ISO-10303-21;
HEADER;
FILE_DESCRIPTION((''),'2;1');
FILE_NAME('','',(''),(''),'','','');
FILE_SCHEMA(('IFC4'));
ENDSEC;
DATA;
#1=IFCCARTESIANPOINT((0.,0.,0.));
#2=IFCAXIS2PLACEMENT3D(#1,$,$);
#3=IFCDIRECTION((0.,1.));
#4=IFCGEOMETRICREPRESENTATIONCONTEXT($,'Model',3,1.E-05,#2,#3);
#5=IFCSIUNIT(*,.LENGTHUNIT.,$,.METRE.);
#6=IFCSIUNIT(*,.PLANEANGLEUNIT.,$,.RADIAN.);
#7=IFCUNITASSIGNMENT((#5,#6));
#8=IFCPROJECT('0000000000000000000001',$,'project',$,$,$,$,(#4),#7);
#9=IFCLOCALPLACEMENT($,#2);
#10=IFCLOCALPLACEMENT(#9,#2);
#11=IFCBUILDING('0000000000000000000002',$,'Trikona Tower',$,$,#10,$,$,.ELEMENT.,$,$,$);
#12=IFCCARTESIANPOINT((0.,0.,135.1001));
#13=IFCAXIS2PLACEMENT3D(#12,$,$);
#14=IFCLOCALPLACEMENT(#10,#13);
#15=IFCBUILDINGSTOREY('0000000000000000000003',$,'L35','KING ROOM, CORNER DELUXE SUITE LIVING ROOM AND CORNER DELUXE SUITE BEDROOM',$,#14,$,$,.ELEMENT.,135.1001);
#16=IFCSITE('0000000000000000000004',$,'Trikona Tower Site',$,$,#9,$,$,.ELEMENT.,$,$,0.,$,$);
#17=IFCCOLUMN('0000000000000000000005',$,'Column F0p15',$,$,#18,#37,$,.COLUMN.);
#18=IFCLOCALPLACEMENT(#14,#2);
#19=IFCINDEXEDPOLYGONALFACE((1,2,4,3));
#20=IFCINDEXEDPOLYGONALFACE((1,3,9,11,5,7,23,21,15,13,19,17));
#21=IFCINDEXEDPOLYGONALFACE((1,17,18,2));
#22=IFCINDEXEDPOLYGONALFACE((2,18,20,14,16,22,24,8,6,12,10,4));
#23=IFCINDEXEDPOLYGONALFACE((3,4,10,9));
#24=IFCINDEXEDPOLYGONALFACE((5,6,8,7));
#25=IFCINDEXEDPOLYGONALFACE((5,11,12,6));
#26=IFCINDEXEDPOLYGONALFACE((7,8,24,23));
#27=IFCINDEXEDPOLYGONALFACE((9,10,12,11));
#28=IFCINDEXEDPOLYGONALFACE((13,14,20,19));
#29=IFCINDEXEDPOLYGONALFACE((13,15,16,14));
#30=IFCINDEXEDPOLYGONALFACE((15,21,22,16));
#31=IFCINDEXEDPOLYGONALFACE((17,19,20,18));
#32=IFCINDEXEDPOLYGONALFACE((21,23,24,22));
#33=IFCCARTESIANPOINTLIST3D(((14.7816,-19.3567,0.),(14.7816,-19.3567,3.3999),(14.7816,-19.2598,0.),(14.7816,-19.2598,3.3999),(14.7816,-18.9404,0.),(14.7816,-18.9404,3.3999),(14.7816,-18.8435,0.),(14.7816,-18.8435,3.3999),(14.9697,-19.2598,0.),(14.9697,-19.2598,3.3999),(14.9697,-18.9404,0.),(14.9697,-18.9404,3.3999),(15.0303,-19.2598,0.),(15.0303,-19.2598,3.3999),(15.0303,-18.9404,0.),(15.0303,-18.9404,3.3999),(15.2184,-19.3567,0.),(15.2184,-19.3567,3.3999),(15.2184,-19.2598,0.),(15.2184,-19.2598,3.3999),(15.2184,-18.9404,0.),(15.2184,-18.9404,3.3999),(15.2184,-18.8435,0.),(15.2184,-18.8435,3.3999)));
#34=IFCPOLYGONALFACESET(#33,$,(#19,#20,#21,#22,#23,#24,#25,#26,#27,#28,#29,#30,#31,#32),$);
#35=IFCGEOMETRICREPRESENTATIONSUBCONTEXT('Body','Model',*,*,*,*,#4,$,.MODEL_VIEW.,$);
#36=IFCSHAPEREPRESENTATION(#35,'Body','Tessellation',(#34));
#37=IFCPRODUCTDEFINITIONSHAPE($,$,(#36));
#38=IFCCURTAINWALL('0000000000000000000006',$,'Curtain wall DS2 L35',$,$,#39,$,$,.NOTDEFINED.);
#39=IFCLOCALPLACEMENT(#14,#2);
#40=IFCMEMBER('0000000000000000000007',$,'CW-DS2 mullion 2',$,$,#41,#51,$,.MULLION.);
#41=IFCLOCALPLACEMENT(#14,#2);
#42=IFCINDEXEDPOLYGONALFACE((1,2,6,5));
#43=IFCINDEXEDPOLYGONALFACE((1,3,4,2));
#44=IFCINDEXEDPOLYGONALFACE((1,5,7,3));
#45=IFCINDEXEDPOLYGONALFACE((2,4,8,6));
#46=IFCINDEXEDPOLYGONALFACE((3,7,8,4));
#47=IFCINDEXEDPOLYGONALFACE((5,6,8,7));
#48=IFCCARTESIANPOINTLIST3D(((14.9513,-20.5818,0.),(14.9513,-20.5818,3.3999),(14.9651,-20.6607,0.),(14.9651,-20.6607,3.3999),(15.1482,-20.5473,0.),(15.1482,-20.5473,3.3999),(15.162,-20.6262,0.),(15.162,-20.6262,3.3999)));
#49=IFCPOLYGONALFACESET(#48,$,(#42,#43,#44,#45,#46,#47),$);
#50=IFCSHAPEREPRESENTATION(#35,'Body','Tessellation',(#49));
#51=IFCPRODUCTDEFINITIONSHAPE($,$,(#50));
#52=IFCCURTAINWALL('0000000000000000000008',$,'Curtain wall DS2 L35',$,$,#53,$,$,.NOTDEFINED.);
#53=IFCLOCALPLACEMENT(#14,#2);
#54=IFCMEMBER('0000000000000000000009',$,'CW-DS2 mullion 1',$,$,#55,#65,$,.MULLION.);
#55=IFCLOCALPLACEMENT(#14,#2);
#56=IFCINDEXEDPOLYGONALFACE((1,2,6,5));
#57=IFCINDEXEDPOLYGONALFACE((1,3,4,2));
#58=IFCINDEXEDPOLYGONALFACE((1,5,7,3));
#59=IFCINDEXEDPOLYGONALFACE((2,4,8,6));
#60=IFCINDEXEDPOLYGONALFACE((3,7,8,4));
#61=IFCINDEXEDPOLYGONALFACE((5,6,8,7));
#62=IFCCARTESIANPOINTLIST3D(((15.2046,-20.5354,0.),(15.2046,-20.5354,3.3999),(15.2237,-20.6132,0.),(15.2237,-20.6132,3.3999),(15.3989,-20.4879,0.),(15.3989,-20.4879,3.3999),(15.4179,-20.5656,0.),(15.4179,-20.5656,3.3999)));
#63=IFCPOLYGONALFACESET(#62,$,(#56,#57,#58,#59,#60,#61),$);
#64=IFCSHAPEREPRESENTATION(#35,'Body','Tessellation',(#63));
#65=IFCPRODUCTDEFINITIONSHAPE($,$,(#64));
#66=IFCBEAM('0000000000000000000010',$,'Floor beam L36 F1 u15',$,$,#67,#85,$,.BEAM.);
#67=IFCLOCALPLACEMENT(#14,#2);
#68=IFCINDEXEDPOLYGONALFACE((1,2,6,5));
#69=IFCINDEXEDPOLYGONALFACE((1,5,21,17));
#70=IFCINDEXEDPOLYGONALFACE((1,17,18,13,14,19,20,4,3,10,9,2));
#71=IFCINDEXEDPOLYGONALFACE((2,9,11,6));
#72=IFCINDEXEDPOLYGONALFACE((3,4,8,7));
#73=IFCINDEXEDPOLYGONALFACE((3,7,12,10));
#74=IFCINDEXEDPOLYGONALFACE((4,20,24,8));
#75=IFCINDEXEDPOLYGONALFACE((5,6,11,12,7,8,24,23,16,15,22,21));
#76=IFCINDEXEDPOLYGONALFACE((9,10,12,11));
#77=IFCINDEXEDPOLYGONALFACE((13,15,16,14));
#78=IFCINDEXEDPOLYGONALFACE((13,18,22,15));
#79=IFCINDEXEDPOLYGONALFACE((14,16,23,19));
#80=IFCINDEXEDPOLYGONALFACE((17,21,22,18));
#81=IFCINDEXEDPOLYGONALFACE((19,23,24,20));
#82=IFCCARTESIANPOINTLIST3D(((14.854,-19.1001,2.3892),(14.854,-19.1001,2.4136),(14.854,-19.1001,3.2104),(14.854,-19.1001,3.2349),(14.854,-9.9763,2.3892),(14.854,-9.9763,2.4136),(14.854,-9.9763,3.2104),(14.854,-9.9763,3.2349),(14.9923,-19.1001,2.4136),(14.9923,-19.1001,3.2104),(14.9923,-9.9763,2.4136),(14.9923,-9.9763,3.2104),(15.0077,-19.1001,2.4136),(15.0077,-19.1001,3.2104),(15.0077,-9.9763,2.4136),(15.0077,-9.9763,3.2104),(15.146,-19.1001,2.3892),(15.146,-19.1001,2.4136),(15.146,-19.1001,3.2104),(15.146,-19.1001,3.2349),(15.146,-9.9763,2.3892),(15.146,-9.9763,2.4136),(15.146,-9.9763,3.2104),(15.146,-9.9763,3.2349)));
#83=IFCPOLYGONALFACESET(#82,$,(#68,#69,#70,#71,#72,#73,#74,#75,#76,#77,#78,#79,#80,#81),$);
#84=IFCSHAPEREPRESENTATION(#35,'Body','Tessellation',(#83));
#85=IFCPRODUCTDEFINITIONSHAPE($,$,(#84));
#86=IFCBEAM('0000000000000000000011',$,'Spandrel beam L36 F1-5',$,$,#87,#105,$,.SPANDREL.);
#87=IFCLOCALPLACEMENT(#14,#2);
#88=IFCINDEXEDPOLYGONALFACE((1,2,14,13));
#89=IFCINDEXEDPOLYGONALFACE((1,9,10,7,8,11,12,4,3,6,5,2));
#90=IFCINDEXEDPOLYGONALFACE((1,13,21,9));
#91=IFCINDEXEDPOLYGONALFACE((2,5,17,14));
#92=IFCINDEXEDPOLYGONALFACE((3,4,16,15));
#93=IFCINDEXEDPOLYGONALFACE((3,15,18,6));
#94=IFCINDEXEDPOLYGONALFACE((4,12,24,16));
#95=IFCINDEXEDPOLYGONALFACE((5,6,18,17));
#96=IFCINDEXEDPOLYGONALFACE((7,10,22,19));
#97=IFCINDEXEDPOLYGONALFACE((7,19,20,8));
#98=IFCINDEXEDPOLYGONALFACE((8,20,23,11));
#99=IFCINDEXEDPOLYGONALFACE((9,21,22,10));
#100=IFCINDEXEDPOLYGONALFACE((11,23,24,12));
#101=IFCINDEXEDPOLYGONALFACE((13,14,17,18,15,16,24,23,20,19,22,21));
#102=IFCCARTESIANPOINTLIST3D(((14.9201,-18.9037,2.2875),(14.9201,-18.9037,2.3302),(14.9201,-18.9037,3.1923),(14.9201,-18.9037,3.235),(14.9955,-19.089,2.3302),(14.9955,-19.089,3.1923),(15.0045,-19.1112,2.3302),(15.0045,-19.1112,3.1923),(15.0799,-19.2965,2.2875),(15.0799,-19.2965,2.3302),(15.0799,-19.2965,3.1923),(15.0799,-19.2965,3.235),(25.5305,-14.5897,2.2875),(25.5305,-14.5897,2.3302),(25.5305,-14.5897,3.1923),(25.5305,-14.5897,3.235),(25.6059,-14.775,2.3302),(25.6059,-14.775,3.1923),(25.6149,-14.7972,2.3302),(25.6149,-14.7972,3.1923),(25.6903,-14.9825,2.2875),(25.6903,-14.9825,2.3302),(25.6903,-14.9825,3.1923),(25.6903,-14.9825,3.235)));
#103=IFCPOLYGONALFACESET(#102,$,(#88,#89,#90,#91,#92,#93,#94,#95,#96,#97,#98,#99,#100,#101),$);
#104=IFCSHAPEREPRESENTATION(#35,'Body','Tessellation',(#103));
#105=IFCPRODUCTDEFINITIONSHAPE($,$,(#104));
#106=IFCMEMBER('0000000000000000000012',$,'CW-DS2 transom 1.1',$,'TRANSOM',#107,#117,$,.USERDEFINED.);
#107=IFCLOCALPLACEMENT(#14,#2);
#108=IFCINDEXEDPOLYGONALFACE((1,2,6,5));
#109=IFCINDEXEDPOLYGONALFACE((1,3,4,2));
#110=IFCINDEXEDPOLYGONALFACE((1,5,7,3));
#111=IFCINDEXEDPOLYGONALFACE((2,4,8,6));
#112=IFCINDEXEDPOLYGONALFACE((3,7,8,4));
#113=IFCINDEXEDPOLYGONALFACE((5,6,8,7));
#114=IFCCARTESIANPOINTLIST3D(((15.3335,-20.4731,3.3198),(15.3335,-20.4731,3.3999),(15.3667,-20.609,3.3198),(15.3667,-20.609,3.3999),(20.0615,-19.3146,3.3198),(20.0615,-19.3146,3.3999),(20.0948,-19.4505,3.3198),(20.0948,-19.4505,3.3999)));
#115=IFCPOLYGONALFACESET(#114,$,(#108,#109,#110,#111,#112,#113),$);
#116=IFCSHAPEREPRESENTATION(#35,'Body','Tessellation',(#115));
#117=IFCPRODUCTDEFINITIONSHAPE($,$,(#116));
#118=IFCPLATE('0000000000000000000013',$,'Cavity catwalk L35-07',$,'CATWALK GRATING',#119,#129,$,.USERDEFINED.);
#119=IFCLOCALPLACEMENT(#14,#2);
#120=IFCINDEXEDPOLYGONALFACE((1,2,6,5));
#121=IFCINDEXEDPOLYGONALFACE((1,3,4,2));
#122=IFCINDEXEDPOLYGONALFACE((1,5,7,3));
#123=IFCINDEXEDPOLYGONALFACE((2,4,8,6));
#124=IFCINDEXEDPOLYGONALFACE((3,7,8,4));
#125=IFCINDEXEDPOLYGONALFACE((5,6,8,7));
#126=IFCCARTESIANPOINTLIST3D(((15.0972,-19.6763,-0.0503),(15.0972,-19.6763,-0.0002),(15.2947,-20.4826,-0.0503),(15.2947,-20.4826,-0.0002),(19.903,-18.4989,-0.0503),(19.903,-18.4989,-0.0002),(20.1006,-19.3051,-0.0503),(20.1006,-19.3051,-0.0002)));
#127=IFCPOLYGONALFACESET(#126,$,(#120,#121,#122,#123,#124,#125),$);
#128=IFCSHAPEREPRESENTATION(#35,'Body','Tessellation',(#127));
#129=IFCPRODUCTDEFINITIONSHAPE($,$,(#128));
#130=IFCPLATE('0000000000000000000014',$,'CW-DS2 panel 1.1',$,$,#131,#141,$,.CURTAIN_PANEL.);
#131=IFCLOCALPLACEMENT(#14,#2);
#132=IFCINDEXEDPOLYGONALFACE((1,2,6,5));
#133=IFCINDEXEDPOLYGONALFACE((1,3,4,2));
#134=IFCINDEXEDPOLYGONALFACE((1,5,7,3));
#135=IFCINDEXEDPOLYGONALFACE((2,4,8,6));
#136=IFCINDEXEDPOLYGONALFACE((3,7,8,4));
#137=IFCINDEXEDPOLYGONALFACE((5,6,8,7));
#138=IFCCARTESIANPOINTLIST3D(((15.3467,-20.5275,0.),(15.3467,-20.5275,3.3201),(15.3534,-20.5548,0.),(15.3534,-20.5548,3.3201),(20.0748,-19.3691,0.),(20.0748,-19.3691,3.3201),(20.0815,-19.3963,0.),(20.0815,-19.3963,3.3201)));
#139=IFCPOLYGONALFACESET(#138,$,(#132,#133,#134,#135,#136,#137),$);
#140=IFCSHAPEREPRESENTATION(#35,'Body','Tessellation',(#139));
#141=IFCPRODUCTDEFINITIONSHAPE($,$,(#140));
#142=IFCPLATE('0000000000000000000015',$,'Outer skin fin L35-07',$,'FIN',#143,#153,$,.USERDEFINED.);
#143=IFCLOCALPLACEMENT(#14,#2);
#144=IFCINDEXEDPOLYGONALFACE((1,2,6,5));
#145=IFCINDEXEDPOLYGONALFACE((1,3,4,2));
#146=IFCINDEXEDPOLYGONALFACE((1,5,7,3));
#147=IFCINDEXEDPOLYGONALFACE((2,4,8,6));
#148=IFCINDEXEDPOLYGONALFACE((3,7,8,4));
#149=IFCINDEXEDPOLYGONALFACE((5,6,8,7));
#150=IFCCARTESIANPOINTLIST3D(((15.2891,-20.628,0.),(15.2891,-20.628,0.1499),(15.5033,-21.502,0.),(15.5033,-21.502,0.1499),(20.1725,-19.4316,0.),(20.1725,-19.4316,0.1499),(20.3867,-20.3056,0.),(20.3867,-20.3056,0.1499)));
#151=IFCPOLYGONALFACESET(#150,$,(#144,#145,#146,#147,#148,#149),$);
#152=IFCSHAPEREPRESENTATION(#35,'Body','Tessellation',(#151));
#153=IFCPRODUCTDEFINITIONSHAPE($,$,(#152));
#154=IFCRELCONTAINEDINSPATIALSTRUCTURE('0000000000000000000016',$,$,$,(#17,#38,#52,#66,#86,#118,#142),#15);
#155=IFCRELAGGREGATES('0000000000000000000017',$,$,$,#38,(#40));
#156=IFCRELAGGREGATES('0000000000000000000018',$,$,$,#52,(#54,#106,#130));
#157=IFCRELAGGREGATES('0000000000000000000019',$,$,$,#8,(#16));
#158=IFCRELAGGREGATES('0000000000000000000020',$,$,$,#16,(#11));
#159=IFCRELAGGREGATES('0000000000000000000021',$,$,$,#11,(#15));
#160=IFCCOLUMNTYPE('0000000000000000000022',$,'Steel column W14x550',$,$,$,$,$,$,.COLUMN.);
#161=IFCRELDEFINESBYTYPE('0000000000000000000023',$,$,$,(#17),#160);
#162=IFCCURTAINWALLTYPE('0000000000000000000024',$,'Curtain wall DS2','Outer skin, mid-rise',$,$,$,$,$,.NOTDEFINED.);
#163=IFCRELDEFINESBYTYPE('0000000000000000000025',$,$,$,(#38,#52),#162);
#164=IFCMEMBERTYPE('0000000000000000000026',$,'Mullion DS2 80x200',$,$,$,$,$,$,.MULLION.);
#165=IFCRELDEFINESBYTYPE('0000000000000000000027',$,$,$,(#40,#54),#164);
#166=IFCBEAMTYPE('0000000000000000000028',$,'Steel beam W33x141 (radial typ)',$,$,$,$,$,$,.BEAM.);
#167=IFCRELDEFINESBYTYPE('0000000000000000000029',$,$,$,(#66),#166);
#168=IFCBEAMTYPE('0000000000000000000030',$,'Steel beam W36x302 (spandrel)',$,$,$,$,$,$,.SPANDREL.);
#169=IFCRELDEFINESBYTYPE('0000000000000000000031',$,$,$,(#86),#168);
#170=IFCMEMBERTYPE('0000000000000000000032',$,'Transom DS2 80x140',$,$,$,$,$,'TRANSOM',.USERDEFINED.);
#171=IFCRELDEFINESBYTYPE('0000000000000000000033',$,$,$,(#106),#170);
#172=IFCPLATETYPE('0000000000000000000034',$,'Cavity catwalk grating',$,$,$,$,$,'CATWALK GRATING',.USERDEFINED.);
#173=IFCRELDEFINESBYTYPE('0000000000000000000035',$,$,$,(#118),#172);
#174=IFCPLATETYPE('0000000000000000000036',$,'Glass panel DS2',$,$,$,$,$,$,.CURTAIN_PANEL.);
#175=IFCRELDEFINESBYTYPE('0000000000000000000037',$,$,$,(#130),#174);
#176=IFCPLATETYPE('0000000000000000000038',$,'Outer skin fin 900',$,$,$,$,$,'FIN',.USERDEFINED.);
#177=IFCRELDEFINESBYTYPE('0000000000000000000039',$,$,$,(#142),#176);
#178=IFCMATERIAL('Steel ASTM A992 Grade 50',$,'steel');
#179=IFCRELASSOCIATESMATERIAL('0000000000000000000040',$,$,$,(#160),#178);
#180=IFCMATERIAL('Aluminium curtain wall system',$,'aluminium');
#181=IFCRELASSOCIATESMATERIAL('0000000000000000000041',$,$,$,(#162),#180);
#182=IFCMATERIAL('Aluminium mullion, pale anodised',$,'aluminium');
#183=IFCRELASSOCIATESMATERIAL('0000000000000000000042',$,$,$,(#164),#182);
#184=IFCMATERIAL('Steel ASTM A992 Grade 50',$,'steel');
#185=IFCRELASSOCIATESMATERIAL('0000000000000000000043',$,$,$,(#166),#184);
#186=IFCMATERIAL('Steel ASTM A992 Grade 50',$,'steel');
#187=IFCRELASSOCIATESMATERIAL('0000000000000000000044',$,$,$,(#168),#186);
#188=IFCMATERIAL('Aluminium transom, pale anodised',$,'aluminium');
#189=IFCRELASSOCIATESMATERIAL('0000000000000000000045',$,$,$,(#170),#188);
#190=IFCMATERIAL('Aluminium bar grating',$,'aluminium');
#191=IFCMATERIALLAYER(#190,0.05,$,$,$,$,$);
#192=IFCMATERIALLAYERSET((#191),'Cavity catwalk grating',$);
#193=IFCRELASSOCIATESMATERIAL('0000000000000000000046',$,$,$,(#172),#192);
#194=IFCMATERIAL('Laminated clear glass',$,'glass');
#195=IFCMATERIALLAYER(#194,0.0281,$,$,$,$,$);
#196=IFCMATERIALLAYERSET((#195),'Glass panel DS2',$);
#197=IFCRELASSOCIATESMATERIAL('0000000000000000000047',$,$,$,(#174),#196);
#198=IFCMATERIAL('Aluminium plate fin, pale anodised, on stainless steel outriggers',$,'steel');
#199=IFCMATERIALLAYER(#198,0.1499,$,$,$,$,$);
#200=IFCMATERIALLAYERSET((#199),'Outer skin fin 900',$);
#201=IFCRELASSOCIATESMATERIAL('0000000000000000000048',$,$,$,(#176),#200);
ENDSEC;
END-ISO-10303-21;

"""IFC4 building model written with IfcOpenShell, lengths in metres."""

from ifc_helpers import new_model, si_unit, direction, frame, origin, origin_2d, place, context, subcontext, project, spatial, rectangle, i_section, extrude, material, layer, layer_set, material_profile, profile_set, type_object, element, aggregate, save


model = new_model("IFC4")

# Units and contexts
model_context = context("Model", 3, precision=1e-05, world=origin(), true_north=direction((0.0, 1.0)))
body_context = subcontext(model_context, "Body", "Model", "MODEL_VIEW")
ifc_project = project(units=[si_unit("LENGTHUNIT", "METRE"), si_unit("PLANEANGLEUNIT", "RADIAN")], contexts=[model_context])

# Site, building, storey
site_placement = place(None, origin())
site = spatial("IfcSite", under=ifc_project, at=site_placement, Name="Trikona Tower Site", CompositionType="ELEMENT", RefElevation=0.0)
building_placement = place(site_placement, origin())
building = spatial("IfcBuilding", under=site, at=building_placement, Name="Trikona Tower", CompositionType="ELEMENT")
storey_placement = place(building_placement, frame((0.0, 0.0, 135.1001)))
storey = spatial("IfcBuildingStorey", under=building, at=storey_placement, Name="L35", Description="KING ROOM, CORNER DELUXE SUITE LIVING ROOM AND CORNER DELUXE SUITE BEDROOM", CompositionType="ELEMENT", Elevation=135.1001)

# Column
ifc_material_1 = material(Name="Steel ASTM A992 Grade 50", Category="steel")
ifc_material_profile_1 = material_profile(ifc_material_1, i_section(OverallWidth=0.4368, OverallDepth=0.5132, WebThickness=0.0605, FlangeThickness=0.0969, at=origin_2d()), Name="W14X550")
ifc_profile_set_1 = profile_set([ifc_material_profile_1], Name="Steel ASTM A992 Grade 50")
column_type = type_object("IfcColumnType", Name="Steel column W14x550", PredefinedType="COLUMN", material=ifc_profile_set_1)
column_placement = place(storey_placement, frame((15.0, -19.1001, 0.0), z_axis=(0.0, 0.0, 1.0), x_axis=(1.0, 0.0, 0.0)))
element("IfcColumn", 1, at=column_placement, inside=storey, type_object=column_type, Name="Column F0p15", PredefinedType="COLUMN", context=body_context, shape_type="SweptSolid", body=[
    extrude(i_section(OverallWidth=0.4368, OverallDepth=0.5132, WebThickness=0.0605, FlangeThickness=0.0969, at=origin_2d()), origin(), (0.0, 0.0, 1.0), 3.3999),
])

# Curtain walls, members
ifc_material_2 = material(Name="Aluminium curtain wall system", Category="aluminium")
curtain_wall_type = type_object("IfcCurtainWallType", Name="Curtain wall DS2", Description="Outer skin, mid-rise", PredefinedType="NOTDEFINED", material=ifc_material_2)
curtain_wall_1_placement = place(storey_placement, origin())
curtain_wall_1 = element("IfcCurtainWall", 2, at=curtain_wall_1_placement, inside=storey, type_object=curtain_wall_type, Name="Curtain wall DS2 L35", PredefinedType="NOTDEFINED")
ifc_material_3 = material(Name="Aluminium mullion, pale anodised", Category="aluminium")
ifc_material_profile_2 = material_profile(ifc_material_3, rectangle(XDim=0.0801, YDim=0.2, at=origin_2d()), Name="MUL-DS2")
ifc_profile_set_2 = profile_set([ifc_material_profile_2], Name="Aluminium mullion, pale anodised")
member_type_1 = type_object("IfcMemberType", Name="Mullion DS2 80x200", PredefinedType="MULLION", material=ifc_profile_set_2)
member_1_placement = place(storey_placement, frame((15.0566, -20.604, 0.0), z_axis=(0.0, 0.0, 1.0), x_axis=(-0.172377, 0.985031, 0.0)))
member_1 = element("IfcMember", 3, at=member_1_placement, type_object=member_type_1, Name="CW-DS2 mullion 2", PredefinedType="MULLION", context=body_context, shape_type="SweptSolid", body=[
    extrude(rectangle(XDim=0.0801, YDim=0.2, at=origin_2d()), origin(), (0.0, 0.0, 1.0), 3.3999),
])
aggregate(curtain_wall_1, [member_1])
curtain_wall_2_placement = place(storey_placement, origin())
curtain_wall_2 = element("IfcCurtainWall", 4, at=curtain_wall_2_placement, inside=storey, type_object=curtain_wall_type, Name="Curtain wall DS2 L35", PredefinedType="NOTDEFINED")
member_2_placement = place(storey_placement, frame((15.3113, -20.5505, 0.0), z_axis=(0.0, 0.0, 1.0), x_axis=(-0.23797, 0.971272, 0.0)))
member_2 = element("IfcMember", 5, at=member_2_placement, type_object=member_type_1, Name="CW-DS2 mullion 1", PredefinedType="MULLION", context=body_context, shape_type="SweptSolid", body=[
    extrude(rectangle(XDim=0.0801, YDim=0.2, at=origin_2d()), origin(), (0.0, 0.0, 1.0), 3.3999),
])

# Beams
ifc_material_4 = material(Name="Steel ASTM A992 Grade 50", Category="steel")
ifc_material_profile_3 = material_profile(ifc_material_4, i_section(OverallWidth=0.292, OverallDepth=0.8457, WebThickness=0.0154, FlangeThickness=0.0244, at=origin_2d()), Name="W33X141")
ifc_profile_set_3 = profile_set([ifc_material_profile_3], Name="Steel ASTM A992 Grade 50")
beam_type_1 = type_object("IfcBeamType", Name="Steel beam W33x141 (radial typ)", PredefinedType="BEAM", material=ifc_profile_set_3)
beam_1_placement = place(storey_placement, frame((15.0, -9.9763, 2.812), z_axis=(0.0, -1.0, 0.0), x_axis=(1.0, 0.0, 0.0)))
element("IfcBeam", 6, at=beam_1_placement, inside=storey, type_object=beam_type_1, Name="Floor beam L36 F1 u15", PredefinedType="BEAM", context=body_context, shape_type="SweptSolid", body=[
    extrude(i_section(OverallWidth=0.292, OverallDepth=0.8457, WebThickness=0.0154, FlangeThickness=0.0244, at=origin_2d()), origin(), (0.0, 0.0, 1.0), 9.1238),
])
ifc_material_5 = material(Name="Steel ASTM A992 Grade 50", Category="steel")
ifc_material_profile_4 = material_profile(ifc_material_5, i_section(OverallWidth=0.4241, OverallDepth=0.9475, WebThickness=0.0239, FlangeThickness=0.0427, at=origin_2d()), Name="W36X302")
ifc_profile_set_4 = profile_set([ifc_material_profile_4], Name="Steel ASTM A992 Grade 50")
beam_type_2 = type_object("IfcBeamType", Name="Steel beam W36x302 (spandrel)", PredefinedType="SPANDREL", material=ifc_profile_set_4)
beam_2_placement = place(storey_placement, frame((15.0, -19.1001, 2.7612), z_axis=(0.92636, 0.37664, 0.0), x_axis=(-0.37664, 0.92636, 0.0)))
element("IfcBeam", 7, at=beam_2_placement, inside=storey, type_object=beam_type_2, Name="Spandrel beam L36 F1-5", PredefinedType="SPANDREL", context=body_context, shape_type="SweptSolid", body=[
    extrude(i_section(OverallWidth=0.4241, OverallDepth=0.9475, WebThickness=0.0239, FlangeThickness=0.0427, at=origin_2d()), origin(), (0.0, 0.0, 1.0), 11.4539),
])

# Member
ifc_material_6 = material(Name="Aluminium transom, pale anodised", Category="aluminium")
ifc_material_profile_5 = material_profile(ifc_material_6, rectangle(XDim=0.1399, YDim=0.0801, at=origin_2d()), Name="TRN-DS2")
ifc_profile_set_5 = profile_set([ifc_material_profile_5], Name="Aluminium transom, pale anodised")
member_type_2 = type_object("IfcMemberType", Name="Transom DS2 80x140", ElementType="TRANSOM", PredefinedType="USERDEFINED", material=ifc_profile_set_5)
member_3_placement = place(storey_placement, frame((15.3501, -20.541, 3.3599), z_axis=(0.971271, 0.237978, 0.0), x_axis=(-0.237978, 0.971271, 0.0)))
member_3 = element("IfcMember", 8, at=member_3_placement, type_object=member_type_2, Name="CW-DS2 transom 1.1", ObjectType="TRANSOM", PredefinedType="USERDEFINED", context=body_context, shape_type="SweptSolid", body=[
    extrude(rectangle(XDim=0.1399, YDim=0.0801, at=origin_2d()), origin(), (0.0, 0.0, 1.0), 4.8679),
])

# Plates
ifc_material_7 = material(Name="Aluminium bar grating", Category="aluminium")
ifc_layer_1 = layer(ifc_material_7, 0.05)
ifc_layer_set_1 = layer_set([ifc_layer_1], Name="Cavity catwalk grating")
plate_type_1 = type_object("IfcPlateType", Name="Cavity catwalk grating", ElementType="CATWALK GRATING", PredefinedType="USERDEFINED", material=ifc_layer_set_1)
plate_1_placement = place(storey_placement, frame((17.5989, -19.4907, -0.0503), z_axis=(0.0, 0.0, 1.0), x_axis=(0.971274, 0.237962, 0.0)))
element("IfcPlate", 9, at=plate_1_placement, inside=storey, type_object=plate_type_1, Name="Cavity catwalk L35-07", ObjectType="CATWALK GRATING", PredefinedType="USERDEFINED", context=body_context, shape_type="SweptSolid", body=[
    extrude(rectangle(XDim=4.948, YDim=0.8301, at=origin_2d()), origin(), (0.0, 0.0, 1.0), 0.05),
])
ifc_material_8 = material(Name="Laminated clear glass", Category="glass")
ifc_layer_2 = layer(ifc_material_8, 0.0281)
ifc_layer_set_2 = layer_set([ifc_layer_2], Name="Glass panel DS2")
plate_type_2 = type_object("IfcPlateType", Name="Glass panel DS2", PredefinedType="CURTAIN_PANEL", material=ifc_layer_set_2)
plate_2_placement = place(storey_placement, frame((17.7141, -19.9619, 0.0), z_axis=(0.0, 0.0, 1.0), x_axis=(0.971272, 0.23797, 0.0)))
plate_2 = element("IfcPlate", 10, at=plate_2_placement, type_object=plate_type_2, Name="CW-DS2 panel 1.1", PredefinedType="CURTAIN_PANEL", context=body_context, shape_type="SweptSolid", body=[
    extrude(rectangle(XDim=4.8679, YDim=0.0281, at=origin_2d()), origin(), (0.0, 0.0, 1.0), 3.3201),
])
aggregate(curtain_wall_2, [member_2, member_3, plate_2])
ifc_material_9 = material(Name="Aluminium plate fin, pale anodised, on stainless steel outriggers", Category="steel")
ifc_layer_3 = layer(ifc_material_9, 0.1499)
ifc_layer_set_3 = layer_set([ifc_layer_3], Name="Outer skin fin 900")
plate_type_3 = type_object("IfcPlateType", Name="Outer skin fin 900", ElementType="FIN", PredefinedType="USERDEFINED", material=ifc_layer_set_3)
plate_3_placement = place(storey_placement, frame((17.8379, -20.4668, 0.0), z_axis=(0.0, 0.0, 1.0), x_axis=(0.971274, 0.237962, 0.0)))
element("IfcPlate", 11, at=plate_3_placement, inside=storey, type_object=plate_type_3, Name="Outer skin fin L35-07", ObjectType="FIN", PredefinedType="USERDEFINED", context=body_context, shape_type="SweptSolid", body=[
    extrude(rectangle(XDim=5.0278, YDim=0.8999, at=origin_2d()), origin(), (0.0, 0.0, 1.0), 0.1499),
])

save(model, "model.ifc")
